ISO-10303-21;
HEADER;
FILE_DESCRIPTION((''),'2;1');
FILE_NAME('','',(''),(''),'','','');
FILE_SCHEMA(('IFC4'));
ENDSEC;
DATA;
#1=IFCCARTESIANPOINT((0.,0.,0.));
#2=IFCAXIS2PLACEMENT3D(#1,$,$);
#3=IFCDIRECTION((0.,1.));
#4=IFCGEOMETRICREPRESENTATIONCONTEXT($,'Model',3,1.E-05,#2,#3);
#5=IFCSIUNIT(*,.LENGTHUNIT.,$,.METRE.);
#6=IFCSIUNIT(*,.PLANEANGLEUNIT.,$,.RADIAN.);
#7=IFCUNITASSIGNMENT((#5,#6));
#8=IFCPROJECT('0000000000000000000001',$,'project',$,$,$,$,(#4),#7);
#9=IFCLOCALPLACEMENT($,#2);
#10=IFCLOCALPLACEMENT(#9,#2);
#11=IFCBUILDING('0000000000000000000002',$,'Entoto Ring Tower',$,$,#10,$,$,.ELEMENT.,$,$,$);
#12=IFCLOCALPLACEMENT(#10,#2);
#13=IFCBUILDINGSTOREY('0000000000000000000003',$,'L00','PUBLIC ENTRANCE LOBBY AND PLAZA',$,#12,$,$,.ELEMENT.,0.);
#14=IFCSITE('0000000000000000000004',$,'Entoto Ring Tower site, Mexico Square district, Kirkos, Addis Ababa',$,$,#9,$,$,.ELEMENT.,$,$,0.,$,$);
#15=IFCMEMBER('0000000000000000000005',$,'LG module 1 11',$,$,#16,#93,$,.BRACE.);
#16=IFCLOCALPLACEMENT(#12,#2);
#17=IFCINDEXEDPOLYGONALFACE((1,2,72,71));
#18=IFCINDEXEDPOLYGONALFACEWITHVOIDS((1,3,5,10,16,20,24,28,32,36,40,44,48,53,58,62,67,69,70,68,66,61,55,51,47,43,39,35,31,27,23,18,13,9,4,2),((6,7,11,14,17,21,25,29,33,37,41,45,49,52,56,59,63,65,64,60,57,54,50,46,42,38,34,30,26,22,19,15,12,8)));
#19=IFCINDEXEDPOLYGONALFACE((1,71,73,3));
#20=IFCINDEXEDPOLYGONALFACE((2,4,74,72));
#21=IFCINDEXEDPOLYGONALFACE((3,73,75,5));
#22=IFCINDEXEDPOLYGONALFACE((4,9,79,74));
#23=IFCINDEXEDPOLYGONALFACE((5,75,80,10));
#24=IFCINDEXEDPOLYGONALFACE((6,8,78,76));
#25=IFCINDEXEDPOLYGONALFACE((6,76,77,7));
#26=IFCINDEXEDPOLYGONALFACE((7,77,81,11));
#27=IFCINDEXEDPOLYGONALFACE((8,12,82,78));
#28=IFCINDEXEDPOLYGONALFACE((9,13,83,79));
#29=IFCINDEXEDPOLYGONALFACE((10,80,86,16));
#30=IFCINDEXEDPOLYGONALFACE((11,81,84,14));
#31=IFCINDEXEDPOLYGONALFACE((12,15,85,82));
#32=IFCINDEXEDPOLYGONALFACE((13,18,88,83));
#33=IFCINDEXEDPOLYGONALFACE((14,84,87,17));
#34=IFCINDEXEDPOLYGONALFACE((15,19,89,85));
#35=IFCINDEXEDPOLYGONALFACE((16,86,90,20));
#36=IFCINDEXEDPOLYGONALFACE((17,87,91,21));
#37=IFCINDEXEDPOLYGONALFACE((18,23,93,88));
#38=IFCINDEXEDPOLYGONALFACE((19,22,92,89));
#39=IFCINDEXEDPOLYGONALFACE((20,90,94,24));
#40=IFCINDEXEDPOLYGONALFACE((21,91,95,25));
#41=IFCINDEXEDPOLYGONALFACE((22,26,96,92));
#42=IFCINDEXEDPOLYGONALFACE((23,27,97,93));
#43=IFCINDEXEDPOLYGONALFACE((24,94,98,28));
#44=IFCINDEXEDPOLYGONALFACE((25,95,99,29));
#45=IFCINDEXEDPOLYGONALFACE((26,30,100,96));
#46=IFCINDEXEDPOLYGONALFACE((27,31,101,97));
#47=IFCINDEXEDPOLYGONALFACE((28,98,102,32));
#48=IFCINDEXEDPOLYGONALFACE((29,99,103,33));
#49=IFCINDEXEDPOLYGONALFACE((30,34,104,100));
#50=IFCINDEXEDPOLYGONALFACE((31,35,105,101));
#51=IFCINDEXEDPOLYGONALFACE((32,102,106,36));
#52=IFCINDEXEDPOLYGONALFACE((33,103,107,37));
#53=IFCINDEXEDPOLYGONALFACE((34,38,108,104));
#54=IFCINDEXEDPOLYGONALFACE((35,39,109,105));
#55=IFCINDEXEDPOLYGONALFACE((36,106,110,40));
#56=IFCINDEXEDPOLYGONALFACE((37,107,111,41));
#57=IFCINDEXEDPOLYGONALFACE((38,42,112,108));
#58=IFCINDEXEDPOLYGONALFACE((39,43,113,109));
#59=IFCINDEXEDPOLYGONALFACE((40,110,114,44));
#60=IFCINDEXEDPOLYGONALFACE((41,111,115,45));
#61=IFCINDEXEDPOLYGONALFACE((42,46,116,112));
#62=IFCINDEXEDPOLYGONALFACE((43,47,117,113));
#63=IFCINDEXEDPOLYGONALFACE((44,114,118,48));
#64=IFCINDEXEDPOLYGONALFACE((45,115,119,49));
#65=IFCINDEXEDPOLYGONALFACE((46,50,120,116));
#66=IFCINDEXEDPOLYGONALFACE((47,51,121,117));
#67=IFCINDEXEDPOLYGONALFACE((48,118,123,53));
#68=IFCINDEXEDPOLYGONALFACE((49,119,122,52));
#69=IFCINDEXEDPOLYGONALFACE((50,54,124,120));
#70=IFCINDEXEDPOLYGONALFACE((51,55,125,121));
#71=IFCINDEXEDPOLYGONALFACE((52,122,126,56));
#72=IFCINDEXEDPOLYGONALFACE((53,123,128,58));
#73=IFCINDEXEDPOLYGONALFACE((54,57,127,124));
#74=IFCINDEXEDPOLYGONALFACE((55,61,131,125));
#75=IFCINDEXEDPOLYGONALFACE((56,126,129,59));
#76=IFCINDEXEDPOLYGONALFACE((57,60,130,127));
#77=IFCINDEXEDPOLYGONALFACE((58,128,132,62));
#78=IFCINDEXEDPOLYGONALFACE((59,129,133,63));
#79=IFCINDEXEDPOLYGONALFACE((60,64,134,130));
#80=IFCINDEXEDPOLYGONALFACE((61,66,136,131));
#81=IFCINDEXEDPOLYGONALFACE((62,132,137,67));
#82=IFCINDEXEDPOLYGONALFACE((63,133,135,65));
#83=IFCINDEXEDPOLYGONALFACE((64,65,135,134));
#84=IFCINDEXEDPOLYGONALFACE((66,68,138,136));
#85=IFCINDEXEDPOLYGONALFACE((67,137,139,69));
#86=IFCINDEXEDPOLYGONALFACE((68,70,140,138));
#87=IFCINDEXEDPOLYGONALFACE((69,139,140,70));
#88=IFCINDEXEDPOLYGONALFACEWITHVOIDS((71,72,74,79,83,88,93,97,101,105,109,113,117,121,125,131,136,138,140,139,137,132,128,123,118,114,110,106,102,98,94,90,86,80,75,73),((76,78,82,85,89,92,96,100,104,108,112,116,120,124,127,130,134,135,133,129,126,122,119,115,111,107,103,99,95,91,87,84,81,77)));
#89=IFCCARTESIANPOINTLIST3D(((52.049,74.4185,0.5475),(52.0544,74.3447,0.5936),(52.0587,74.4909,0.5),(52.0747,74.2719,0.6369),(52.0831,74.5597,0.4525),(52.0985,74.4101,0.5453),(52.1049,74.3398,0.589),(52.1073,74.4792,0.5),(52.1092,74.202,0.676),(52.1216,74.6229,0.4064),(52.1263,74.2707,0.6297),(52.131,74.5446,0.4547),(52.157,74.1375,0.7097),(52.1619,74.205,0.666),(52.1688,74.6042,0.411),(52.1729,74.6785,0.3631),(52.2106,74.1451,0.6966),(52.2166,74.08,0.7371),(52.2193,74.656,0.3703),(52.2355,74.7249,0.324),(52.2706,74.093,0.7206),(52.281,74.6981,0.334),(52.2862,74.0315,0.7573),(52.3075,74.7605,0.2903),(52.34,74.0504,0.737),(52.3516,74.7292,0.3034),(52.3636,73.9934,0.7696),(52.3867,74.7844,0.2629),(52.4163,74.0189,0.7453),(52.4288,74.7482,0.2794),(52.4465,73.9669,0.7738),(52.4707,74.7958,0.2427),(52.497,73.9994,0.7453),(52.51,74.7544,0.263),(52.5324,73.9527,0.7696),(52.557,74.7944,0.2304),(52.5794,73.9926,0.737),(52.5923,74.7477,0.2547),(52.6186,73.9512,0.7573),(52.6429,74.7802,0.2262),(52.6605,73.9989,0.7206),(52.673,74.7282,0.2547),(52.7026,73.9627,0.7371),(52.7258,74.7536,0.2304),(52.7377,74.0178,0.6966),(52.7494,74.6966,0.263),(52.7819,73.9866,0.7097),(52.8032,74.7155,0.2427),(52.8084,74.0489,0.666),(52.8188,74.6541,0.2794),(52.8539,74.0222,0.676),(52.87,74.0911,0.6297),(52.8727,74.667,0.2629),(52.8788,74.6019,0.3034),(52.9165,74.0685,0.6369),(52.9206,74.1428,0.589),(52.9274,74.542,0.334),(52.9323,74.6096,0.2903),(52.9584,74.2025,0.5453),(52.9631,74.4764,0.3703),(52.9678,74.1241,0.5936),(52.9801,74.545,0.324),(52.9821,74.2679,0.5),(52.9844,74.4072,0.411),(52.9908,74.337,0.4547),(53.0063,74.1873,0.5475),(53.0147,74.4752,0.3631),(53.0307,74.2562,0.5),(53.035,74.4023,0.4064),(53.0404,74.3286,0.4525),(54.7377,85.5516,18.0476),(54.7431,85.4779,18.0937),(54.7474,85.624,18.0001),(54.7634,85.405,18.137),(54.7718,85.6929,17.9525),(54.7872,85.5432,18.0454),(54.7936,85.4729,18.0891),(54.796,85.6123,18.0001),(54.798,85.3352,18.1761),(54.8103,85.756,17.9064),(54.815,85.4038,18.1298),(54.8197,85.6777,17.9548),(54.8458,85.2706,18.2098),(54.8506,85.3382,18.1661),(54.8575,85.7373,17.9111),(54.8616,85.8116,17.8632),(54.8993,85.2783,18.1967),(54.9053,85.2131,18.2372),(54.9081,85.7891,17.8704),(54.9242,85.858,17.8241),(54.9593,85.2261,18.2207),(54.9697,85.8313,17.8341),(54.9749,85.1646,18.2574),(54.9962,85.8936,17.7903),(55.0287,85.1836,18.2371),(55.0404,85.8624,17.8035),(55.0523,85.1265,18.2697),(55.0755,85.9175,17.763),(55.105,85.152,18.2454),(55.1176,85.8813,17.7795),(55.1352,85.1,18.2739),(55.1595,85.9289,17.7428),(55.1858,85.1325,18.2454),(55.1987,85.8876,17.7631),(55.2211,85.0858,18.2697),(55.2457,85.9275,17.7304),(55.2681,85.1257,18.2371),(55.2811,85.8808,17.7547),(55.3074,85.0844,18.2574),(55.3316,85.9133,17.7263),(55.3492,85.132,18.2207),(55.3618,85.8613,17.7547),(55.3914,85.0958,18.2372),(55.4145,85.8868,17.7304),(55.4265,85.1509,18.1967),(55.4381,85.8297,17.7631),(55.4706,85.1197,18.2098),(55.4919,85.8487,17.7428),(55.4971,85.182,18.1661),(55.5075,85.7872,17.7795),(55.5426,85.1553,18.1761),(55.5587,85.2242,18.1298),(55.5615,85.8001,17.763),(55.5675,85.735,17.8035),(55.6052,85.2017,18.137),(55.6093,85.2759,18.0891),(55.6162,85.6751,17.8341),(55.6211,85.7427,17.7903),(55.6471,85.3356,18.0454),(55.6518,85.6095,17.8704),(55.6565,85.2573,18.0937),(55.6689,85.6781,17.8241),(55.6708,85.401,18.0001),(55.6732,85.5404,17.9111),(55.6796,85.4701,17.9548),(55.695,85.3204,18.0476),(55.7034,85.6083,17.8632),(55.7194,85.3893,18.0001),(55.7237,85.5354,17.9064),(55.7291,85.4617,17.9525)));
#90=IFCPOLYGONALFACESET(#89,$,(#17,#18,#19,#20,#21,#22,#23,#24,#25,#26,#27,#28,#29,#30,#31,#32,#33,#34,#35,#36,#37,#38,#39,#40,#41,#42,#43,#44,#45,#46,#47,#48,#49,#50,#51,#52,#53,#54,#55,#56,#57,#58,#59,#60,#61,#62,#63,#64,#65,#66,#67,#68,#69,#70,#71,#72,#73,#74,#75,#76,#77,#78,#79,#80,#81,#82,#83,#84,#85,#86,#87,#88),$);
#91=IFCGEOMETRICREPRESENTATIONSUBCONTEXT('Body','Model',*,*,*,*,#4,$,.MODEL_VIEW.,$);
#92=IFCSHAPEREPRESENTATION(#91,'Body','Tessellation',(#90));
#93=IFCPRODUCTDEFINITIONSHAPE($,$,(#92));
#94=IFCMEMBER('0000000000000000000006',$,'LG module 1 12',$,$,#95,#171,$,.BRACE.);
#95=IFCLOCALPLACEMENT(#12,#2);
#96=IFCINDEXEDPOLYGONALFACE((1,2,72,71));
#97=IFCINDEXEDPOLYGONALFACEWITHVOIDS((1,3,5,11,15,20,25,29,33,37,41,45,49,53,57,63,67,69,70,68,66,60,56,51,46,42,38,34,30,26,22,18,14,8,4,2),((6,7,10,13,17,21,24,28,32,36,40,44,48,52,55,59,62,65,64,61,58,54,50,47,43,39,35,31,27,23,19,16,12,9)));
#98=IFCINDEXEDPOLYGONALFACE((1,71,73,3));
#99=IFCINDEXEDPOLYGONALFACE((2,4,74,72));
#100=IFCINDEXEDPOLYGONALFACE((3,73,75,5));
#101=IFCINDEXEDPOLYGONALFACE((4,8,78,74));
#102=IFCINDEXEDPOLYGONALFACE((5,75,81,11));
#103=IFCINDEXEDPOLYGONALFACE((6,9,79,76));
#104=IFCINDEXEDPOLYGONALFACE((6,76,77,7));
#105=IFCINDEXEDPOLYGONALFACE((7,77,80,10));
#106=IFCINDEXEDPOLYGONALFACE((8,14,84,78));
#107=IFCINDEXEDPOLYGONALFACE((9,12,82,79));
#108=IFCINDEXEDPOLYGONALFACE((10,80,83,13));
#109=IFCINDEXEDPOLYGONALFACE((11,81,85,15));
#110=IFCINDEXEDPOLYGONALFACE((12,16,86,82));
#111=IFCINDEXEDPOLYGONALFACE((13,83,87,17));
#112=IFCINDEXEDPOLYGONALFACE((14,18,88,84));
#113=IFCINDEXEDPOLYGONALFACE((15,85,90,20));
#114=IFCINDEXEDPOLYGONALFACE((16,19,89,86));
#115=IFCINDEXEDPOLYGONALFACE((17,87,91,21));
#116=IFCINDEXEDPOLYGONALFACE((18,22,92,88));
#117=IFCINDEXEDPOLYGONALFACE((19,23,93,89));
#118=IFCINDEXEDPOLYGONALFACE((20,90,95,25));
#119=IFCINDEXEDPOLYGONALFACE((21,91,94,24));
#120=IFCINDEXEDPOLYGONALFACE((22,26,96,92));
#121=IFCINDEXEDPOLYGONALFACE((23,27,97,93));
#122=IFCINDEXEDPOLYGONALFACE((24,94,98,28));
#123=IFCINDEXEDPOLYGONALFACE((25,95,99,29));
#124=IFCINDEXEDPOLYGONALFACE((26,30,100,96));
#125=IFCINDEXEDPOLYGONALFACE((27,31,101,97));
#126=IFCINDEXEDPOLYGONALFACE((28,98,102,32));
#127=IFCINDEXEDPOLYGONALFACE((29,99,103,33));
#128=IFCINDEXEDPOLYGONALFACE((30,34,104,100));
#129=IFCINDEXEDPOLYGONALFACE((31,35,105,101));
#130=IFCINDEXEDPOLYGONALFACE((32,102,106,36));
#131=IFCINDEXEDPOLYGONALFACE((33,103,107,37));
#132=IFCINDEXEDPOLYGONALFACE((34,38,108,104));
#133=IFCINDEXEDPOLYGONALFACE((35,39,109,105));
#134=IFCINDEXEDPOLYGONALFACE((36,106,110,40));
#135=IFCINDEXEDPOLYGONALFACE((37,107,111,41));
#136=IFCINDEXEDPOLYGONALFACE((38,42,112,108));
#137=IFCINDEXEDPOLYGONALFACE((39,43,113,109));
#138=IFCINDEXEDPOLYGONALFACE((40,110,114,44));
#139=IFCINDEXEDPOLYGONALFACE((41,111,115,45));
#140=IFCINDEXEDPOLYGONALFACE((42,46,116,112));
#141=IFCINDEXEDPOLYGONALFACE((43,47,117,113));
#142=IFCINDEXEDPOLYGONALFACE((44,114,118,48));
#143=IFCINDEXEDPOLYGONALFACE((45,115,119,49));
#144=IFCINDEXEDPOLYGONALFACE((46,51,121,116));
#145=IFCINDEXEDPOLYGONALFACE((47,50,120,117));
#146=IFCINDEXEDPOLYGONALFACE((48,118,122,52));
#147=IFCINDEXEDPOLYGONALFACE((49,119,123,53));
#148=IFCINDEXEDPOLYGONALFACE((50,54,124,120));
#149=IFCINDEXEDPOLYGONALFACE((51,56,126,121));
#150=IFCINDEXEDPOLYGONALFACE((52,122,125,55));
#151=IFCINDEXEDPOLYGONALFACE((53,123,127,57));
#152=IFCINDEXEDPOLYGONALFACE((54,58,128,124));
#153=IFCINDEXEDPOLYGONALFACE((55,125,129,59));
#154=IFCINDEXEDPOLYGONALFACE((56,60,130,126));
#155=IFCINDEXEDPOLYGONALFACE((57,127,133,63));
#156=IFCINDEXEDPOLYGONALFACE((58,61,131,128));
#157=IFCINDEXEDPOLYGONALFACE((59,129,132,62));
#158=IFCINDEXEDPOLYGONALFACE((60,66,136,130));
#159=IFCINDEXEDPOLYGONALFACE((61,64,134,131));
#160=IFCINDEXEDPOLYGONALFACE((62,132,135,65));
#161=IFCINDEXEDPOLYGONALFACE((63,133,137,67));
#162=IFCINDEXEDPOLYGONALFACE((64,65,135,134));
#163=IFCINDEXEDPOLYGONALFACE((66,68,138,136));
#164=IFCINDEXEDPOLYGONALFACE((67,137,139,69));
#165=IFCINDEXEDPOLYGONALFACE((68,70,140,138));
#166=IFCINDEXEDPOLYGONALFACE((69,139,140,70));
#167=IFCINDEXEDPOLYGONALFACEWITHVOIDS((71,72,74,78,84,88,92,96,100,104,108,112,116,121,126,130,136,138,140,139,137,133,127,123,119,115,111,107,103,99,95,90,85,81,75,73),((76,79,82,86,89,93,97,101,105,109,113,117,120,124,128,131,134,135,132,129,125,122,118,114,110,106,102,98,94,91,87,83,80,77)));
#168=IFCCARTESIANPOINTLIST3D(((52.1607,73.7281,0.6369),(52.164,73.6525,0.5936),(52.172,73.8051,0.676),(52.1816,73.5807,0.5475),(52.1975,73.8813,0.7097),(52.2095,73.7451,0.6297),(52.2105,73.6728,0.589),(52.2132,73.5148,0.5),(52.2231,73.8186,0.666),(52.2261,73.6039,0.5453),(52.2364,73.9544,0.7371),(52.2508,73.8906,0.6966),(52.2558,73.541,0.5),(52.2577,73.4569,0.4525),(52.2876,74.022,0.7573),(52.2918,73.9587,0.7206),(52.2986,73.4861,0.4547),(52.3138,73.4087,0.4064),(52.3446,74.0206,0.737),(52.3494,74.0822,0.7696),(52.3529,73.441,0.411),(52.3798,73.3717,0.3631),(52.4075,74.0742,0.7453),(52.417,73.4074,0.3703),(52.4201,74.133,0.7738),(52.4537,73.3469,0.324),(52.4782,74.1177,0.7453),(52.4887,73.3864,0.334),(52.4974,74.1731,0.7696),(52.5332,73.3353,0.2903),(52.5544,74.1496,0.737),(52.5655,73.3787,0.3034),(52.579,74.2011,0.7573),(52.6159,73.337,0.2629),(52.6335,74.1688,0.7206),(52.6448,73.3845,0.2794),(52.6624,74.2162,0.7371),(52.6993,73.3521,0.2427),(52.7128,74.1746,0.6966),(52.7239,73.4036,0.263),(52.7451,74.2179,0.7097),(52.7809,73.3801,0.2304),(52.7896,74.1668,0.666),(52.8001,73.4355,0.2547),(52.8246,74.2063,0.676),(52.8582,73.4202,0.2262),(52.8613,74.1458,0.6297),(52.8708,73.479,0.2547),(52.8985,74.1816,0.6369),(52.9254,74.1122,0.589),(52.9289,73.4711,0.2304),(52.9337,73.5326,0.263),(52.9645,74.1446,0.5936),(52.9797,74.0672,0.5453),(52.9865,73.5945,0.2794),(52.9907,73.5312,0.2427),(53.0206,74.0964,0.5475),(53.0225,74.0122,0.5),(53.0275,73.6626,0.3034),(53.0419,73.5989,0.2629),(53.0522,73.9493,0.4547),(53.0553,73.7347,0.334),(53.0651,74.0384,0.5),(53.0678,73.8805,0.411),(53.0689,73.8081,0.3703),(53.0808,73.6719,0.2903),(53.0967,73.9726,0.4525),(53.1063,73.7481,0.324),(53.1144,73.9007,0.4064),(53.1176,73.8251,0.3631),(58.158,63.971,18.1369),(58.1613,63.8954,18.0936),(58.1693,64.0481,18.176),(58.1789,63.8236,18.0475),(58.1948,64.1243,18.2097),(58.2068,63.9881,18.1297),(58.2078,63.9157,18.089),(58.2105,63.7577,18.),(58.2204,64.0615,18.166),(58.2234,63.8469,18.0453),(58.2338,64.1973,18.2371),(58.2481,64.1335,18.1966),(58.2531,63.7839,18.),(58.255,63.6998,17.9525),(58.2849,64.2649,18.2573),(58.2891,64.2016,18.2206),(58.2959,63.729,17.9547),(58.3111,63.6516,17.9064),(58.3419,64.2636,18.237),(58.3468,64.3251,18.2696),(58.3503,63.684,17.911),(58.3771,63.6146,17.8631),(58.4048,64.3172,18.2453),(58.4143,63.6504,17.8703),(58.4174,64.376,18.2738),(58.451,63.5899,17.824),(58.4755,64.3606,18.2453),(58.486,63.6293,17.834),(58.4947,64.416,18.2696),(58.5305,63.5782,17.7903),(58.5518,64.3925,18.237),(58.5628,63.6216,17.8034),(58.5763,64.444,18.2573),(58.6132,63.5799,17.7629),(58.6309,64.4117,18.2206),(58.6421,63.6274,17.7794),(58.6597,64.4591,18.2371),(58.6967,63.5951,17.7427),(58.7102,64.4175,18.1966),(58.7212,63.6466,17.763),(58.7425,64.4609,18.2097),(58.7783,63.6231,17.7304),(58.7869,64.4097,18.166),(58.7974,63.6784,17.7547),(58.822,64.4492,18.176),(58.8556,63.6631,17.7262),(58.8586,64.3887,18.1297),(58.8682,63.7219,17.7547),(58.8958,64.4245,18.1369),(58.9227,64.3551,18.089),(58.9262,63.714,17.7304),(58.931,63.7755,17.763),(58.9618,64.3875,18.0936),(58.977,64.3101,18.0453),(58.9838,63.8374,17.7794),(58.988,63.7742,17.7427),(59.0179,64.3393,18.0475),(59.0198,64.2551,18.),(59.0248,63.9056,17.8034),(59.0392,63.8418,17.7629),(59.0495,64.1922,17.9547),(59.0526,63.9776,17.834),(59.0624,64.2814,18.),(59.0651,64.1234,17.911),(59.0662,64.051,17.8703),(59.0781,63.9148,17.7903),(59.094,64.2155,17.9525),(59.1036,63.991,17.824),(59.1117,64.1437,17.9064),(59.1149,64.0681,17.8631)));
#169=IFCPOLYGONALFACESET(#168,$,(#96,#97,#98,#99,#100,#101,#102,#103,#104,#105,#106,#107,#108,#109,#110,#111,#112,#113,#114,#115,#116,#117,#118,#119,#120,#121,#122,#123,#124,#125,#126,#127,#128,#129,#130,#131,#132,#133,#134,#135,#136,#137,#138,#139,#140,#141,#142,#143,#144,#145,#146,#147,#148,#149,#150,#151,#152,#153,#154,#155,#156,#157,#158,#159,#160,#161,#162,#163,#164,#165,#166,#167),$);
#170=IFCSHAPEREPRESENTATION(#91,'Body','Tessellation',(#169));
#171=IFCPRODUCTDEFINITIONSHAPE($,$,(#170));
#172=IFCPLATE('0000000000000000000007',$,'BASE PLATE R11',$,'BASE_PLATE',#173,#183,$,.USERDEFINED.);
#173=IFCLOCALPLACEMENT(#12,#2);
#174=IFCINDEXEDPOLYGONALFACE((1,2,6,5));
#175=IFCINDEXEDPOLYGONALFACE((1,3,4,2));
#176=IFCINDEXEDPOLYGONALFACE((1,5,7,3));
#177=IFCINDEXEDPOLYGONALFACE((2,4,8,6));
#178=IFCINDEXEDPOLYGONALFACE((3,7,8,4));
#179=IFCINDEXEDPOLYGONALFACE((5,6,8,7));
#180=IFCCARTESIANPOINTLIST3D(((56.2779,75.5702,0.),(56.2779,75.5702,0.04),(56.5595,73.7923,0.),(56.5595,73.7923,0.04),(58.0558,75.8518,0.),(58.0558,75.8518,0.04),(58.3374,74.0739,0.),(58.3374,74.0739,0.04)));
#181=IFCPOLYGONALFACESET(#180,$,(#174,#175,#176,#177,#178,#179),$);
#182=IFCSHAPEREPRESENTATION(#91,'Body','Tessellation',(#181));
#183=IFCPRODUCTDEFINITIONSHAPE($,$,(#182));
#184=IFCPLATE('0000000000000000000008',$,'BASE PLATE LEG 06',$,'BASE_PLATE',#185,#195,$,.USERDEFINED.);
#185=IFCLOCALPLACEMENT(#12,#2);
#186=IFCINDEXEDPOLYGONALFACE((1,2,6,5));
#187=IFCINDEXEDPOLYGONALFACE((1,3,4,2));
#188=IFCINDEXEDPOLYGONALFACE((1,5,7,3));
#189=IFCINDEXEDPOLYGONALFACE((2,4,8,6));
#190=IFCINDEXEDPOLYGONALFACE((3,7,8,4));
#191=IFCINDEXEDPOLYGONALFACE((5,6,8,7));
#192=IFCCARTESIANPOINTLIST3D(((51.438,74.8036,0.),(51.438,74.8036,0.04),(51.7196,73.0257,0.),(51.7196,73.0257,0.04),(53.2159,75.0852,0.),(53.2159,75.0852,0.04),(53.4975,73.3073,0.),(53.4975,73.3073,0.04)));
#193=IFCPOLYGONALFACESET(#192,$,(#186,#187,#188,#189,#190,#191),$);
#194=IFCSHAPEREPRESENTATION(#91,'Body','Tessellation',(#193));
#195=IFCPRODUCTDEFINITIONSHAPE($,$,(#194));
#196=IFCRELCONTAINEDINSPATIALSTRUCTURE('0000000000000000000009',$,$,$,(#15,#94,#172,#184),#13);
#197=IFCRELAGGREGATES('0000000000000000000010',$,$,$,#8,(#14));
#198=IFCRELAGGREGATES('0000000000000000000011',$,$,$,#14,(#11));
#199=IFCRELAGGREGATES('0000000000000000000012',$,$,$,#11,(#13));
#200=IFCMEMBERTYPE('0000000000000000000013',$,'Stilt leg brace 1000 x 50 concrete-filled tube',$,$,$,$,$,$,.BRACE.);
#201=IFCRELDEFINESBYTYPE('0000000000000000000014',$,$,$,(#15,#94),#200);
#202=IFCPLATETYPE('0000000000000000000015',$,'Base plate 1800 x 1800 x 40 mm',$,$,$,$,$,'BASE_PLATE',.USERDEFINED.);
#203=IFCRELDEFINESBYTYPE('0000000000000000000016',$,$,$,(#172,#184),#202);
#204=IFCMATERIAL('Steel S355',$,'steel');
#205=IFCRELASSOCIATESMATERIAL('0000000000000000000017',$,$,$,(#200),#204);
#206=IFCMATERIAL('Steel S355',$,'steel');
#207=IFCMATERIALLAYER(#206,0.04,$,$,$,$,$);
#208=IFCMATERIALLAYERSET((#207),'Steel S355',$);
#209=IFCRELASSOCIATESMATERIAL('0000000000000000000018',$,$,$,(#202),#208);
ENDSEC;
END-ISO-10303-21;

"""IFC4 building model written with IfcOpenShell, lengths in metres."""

from ifc_helpers import new_model, si_unit, direction, frame, origin, origin_2d, place, context, subcontext, project, spatial, rectangle, circle, hollow_circle, extrude, material, layer, layer_set, material_profile, profile_set, type_object, element, save


model = new_model("IFC4")

# Units and contexts
model_context = context("Model", 3, precision=1e-05, world=origin(), true_north=direction((0.0, 1.0)))
body_context = subcontext(model_context, "Body", "Model", "MODEL_VIEW")
ifc_project = project(units=[si_unit("LENGTHUNIT", "METRE"), si_unit("PLANEANGLEUNIT", "RADIAN")], contexts=[model_context])

# Site, building, storey
site_placement = place(None, origin())
site = spatial("IfcSite", under=ifc_project, at=site_placement, Name="Entoto Ring Tower site, Mexico Square district, Kirkos, Addis Ababa", CompositionType="ELEMENT", RefElevation=0.0)
building_placement = place(site_placement, origin())
building = spatial("IfcBuilding", under=site, at=building_placement, Name="Entoto Ring Tower", CompositionType="ELEMENT")
storey_placement = place(building_placement, origin())
storey = spatial("IfcBuildingStorey", under=building, at=storey_placement, Name="L00", Description="PUBLIC ENTRANCE LOBBY AND PLAZA", CompositionType="ELEMENT", Elevation=0.0)

# Members
ifc_material_1 = material(Name="Steel S355", Category="steel")
ifc_material_profile_1 = material_profile(ifc_material_1, hollow_circle(Radius=0.5, WallThickness=0.05, at=origin_2d()), Name="CHS 1000 x 50")
ifc_material_2 = material(Name="Concrete C60/75", Category="concrete")
ifc_material_profile_2 = material_profile(ifc_material_2, circle(Radius=0.45, at=origin_2d()), Name="Concrete C60/75 infill")
ifc_profile_set_1 = profile_set([ifc_material_profile_1, ifc_material_profile_2], Name="Steel S355")
member_type = type_object("IfcMemberType", Name="Stilt leg brace 1000 x 50 concrete-filled tube", PredefinedType="BRACE", material=ifc_profile_set_1)
member_1_placement = place(storey_placement, frame((52.5447, 74.3735, 0.5), z_axis=(0.128557, 0.532308, 0.836733), x_axis=(-0.972054, 0.234759, 0.0)))
element("IfcMember", 1, at=member_1_placement, inside=storey, type_object=member_type, Name="LG module 1 11", PredefinedType="BRACE", context=body_context, shape_type="SweptSolid", body=[
    extrude(hollow_circle(Radius=0.5, WallThickness=0.05, at=origin_2d()), origin(), (0.0, 0.0, 1.0), 20.9148),
])
member_2_placement = place(storey_placement, frame((52.6392, 73.7766, 0.5), z_axis=(0.286753, -0.466521, 0.836738), x_axis=(0.851933, 0.523651, 0.0)))
element("IfcMember", 2, at=member_2_placement, inside=storey, type_object=member_type, Name="LG module 1 12", PredefinedType="BRACE", context=body_context, shape_type="SweptSolid", body=[
    extrude(hollow_circle(Radius=0.5, WallThickness=0.05, at=origin_2d()), origin(), (0.0, 0.0, 1.0), 20.9146),
])

# Plates
ifc_material_3 = material(Name="Steel S355", Category="steel")
ifc_layer_1 = layer(ifc_material_3, 0.04)
ifc_layer_set_1 = layer_set([ifc_layer_1], Name="Steel S355")
plate_type = type_object("IfcPlateType", Name="Base plate 1800 x 1800 x 40 mm", ElementType="BASE_PLATE", PredefinedType="USERDEFINED", material=ifc_layer_set_1)
for number, where, z_axis, x_axis, name in (
    (3, (57.3076, 74.822, 0.0), (0.0, 0.0, 1.0), (-0.987688, -0.156434, 0.0), "BASE PLATE R11"),
    (4, (52.4678, 74.0554, 0.0), (0.0, 0.0, 1.0), (-0.987688, -0.156434, 0.0), "BASE PLATE LEG 06"),
):
    element("IfcPlate", number, at=place(storey_placement, frame(where, z_axis=z_axis, x_axis=x_axis)), inside=storey, type_object=plate_type, Name=name, ObjectType="BASE_PLATE", PredefinedType="USERDEFINED", context=body_context, shape_type="SweptSolid", body=[
        extrude(rectangle(XDim=1.8, YDim=1.8, at=origin_2d()), origin(), (0.0, 0.0, 1.0), 0.04),
    ])

save(model, "model.ifc")
